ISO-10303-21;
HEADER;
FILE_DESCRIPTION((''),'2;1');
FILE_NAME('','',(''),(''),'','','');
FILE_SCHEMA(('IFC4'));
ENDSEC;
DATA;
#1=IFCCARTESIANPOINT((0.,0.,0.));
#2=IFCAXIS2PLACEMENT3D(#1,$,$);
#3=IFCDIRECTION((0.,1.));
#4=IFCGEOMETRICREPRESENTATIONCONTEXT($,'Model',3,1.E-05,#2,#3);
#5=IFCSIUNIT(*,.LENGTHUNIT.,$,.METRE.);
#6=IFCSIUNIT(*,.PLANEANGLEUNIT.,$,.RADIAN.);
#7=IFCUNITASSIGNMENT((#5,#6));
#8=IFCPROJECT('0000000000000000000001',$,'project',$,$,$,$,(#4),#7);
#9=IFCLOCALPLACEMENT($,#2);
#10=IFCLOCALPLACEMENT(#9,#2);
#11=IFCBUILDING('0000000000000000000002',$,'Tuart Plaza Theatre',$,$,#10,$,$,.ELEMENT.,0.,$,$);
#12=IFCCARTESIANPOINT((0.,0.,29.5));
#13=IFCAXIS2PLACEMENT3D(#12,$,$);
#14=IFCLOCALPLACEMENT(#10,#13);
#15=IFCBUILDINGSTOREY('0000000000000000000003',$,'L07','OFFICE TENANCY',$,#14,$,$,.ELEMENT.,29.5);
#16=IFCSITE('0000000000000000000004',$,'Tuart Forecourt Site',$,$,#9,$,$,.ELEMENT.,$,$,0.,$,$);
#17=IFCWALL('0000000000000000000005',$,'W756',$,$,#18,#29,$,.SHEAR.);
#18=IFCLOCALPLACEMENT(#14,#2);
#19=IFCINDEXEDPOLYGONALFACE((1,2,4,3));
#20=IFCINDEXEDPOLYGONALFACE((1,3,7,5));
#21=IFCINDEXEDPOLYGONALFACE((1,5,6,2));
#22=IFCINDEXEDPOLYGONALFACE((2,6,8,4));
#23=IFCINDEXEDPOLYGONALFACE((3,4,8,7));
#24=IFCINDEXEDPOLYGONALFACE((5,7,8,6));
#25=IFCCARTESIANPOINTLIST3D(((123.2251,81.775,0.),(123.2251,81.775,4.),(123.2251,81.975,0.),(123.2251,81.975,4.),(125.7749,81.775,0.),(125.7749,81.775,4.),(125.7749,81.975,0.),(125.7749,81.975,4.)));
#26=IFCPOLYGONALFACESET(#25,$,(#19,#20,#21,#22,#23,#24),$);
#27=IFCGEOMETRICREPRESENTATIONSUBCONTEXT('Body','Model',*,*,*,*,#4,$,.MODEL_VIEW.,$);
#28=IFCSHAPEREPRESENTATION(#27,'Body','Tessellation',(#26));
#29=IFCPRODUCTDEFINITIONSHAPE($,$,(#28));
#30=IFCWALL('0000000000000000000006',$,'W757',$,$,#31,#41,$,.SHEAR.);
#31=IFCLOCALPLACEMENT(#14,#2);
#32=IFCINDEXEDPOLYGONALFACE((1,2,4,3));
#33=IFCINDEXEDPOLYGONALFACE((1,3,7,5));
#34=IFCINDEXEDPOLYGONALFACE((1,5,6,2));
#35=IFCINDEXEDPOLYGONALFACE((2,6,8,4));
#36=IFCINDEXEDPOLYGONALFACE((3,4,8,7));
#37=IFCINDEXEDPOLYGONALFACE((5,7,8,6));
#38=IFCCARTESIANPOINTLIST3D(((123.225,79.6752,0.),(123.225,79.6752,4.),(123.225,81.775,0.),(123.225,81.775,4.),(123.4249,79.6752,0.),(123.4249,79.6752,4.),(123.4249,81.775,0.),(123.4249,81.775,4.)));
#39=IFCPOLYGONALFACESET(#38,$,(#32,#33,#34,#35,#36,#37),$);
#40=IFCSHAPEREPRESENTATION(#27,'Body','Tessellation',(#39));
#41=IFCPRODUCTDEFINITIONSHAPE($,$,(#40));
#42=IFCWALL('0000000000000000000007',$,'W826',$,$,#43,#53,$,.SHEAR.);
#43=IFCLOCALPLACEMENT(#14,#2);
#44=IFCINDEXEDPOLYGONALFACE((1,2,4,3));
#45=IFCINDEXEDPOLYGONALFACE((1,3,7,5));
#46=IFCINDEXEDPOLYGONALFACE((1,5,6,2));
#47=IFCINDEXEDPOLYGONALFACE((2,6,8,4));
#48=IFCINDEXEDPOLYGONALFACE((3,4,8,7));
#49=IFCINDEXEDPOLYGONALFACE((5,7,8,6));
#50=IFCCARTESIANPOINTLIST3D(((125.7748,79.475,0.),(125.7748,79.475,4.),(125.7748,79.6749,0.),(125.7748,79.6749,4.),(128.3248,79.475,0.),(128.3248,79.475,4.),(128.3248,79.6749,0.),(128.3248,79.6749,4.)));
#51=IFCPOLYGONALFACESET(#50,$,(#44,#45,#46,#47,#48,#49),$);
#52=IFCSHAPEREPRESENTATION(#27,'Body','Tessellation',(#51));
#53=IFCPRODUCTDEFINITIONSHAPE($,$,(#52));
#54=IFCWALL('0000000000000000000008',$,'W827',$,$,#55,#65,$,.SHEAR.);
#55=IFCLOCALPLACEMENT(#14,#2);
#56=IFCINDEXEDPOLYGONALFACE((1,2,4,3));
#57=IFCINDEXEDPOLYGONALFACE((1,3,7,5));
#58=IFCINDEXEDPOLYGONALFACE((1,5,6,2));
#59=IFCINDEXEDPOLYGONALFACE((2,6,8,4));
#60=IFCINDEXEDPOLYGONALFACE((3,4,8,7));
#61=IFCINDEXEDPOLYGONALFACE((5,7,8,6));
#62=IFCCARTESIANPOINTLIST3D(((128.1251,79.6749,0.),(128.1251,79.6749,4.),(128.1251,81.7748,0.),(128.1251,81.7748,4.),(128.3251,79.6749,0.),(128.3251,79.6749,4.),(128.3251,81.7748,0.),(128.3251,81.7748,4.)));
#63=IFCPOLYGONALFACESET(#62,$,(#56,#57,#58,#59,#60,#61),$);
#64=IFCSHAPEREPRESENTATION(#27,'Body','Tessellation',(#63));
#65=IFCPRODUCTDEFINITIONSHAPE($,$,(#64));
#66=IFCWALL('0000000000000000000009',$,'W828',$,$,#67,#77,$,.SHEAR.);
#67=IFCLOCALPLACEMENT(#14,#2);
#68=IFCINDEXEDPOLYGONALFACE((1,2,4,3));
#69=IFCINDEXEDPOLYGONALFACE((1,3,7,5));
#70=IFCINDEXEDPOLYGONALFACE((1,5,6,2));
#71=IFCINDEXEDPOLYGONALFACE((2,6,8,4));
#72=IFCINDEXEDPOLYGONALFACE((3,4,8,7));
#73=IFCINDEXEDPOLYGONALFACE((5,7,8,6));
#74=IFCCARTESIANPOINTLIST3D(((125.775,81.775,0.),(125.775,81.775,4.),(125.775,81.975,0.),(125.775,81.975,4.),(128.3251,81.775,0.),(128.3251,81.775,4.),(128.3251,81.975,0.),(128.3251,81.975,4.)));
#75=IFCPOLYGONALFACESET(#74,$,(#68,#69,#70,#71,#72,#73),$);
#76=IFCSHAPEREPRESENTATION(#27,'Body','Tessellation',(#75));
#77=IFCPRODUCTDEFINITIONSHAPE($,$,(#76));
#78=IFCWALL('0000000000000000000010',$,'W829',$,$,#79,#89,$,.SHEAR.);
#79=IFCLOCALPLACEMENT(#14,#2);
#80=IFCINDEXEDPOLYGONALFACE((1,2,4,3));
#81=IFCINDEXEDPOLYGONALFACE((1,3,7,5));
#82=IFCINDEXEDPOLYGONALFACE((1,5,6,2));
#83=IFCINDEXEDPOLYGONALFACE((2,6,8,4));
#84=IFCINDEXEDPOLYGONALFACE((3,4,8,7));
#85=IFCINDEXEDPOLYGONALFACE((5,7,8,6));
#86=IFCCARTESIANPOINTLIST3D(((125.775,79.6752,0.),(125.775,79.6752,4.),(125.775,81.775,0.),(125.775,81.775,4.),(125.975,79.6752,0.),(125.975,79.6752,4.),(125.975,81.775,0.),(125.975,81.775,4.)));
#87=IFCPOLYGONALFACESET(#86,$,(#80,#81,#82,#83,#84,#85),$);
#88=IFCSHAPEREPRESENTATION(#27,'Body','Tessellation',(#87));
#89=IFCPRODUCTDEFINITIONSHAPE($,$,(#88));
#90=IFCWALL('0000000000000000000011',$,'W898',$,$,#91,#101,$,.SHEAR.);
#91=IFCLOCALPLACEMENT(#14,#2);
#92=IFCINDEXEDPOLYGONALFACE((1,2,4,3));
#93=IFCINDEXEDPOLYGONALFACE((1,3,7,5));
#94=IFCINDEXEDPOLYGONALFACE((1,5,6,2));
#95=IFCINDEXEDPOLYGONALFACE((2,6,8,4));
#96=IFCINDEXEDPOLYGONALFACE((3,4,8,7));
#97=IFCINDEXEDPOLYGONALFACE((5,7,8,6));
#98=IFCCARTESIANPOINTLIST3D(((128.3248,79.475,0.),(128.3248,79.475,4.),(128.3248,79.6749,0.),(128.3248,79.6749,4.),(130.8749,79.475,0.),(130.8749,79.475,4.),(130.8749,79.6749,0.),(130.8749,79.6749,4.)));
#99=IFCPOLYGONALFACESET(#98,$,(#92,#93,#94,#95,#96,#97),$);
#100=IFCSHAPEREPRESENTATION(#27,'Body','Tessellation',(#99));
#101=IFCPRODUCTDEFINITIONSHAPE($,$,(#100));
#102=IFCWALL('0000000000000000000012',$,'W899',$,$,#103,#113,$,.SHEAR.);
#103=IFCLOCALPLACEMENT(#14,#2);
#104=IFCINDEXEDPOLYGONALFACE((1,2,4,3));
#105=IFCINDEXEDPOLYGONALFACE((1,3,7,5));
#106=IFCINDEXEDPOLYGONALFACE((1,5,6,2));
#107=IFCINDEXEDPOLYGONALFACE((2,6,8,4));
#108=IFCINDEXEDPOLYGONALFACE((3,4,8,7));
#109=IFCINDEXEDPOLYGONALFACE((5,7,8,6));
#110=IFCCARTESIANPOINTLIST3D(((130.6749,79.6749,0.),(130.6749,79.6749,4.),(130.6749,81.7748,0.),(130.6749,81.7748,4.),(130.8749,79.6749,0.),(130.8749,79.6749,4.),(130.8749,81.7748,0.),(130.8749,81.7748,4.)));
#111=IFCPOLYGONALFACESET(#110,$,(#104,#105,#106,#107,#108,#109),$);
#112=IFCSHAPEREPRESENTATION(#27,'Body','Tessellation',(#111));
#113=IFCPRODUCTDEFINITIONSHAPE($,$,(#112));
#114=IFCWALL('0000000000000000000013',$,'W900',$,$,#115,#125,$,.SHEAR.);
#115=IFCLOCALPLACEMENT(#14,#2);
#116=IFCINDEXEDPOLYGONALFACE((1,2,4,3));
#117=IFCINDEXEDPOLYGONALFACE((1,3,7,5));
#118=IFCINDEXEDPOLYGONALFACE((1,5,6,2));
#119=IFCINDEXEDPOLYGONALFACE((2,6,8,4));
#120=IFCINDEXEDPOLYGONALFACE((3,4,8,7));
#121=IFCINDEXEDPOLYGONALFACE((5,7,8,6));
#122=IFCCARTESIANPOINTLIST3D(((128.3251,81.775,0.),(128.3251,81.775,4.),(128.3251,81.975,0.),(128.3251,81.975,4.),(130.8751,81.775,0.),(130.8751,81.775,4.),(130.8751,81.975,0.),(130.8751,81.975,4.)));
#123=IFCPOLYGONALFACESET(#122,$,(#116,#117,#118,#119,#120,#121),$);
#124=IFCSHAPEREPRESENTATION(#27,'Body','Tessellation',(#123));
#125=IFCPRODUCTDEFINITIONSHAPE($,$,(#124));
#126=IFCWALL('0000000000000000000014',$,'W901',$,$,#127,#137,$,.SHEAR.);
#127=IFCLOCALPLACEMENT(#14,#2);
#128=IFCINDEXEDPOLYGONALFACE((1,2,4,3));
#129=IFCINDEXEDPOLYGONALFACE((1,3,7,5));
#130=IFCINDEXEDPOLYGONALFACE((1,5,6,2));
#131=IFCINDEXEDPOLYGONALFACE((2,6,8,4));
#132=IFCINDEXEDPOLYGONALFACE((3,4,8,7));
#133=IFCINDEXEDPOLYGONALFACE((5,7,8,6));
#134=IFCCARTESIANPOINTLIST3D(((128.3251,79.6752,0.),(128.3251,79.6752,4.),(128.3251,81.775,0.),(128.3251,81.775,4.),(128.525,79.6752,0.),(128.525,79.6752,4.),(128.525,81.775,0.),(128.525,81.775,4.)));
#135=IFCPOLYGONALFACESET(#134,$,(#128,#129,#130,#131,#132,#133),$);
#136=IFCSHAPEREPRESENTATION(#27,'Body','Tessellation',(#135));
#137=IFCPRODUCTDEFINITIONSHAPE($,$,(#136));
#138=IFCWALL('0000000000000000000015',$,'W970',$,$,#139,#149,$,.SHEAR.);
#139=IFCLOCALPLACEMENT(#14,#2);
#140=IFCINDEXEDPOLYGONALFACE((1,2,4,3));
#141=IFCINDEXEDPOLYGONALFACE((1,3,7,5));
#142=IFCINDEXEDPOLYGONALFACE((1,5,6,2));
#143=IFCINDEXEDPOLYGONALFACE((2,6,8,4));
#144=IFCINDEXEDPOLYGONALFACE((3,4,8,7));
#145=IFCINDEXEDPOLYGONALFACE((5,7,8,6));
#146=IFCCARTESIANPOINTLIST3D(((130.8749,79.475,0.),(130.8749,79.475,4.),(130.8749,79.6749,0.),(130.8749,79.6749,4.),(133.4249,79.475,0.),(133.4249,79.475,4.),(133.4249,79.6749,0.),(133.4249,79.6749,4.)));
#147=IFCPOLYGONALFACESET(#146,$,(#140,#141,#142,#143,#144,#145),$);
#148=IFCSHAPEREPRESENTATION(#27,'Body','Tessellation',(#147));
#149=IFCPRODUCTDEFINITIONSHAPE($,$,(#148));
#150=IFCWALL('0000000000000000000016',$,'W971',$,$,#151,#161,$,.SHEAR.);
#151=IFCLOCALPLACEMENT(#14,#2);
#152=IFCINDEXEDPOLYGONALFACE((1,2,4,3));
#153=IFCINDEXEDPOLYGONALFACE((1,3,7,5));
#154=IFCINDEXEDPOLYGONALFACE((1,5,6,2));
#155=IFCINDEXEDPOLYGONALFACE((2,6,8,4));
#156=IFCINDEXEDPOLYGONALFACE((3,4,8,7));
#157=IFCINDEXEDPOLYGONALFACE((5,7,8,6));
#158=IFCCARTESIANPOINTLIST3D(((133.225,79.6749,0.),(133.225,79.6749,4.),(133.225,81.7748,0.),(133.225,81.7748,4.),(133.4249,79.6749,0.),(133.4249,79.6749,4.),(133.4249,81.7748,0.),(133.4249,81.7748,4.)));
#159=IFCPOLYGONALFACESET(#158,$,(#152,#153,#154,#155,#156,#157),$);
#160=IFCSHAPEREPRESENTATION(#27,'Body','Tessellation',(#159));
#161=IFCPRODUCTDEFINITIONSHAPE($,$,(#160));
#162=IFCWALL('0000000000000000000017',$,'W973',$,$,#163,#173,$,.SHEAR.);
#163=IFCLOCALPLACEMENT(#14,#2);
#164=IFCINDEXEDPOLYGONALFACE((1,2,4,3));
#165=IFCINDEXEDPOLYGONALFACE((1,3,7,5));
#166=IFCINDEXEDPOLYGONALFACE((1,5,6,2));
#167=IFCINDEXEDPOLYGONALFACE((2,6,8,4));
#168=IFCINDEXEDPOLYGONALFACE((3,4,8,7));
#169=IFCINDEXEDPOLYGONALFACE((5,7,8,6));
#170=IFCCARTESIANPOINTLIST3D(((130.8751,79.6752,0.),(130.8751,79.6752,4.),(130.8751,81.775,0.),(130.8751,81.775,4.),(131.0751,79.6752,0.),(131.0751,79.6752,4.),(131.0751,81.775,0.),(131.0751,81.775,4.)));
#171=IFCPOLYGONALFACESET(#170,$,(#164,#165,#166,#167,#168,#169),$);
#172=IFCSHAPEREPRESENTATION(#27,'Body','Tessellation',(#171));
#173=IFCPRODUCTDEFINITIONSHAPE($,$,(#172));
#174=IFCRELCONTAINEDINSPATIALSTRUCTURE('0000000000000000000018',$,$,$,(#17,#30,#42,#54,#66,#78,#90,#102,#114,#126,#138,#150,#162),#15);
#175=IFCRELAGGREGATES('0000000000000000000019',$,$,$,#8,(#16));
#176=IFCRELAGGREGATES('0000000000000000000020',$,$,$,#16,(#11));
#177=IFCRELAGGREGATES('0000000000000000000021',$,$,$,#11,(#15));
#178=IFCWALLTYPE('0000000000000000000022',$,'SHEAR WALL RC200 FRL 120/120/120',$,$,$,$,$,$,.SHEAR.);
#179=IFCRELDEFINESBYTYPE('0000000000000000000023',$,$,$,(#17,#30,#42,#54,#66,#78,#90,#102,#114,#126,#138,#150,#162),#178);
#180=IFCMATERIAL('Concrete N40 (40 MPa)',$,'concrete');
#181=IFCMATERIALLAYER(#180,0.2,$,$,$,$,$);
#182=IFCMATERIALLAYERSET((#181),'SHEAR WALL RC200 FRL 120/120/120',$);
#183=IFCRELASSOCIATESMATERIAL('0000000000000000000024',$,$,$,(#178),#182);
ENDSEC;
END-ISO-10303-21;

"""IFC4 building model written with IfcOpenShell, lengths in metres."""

from ifc_helpers import new_model, si_unit, direction, frame, frame_2d, origin, place, context, subcontext, project, spatial, rectangle, extrude, material, layer, layer_set, type_object, element, save


model = new_model("IFC4")

# Units and contexts
model_context = context("Model", 3, precision=1e-05, world=origin(), true_north=direction((0.0, 1.0)))
body_context = subcontext(model_context, "Body", "Model", "MODEL_VIEW")
ifc_project = project(units=[si_unit("LENGTHUNIT", "METRE"), si_unit("PLANEANGLEUNIT", "RADIAN")], contexts=[model_context])

# Site, building, storey
site_placement = place(None, origin())
site = spatial("IfcSite", under=ifc_project, at=site_placement, Name="Tuart Forecourt Site", CompositionType="ELEMENT", RefElevation=0.0)
building_placement = place(site_placement, origin())
building = spatial("IfcBuilding", under=site, at=building_placement, Name="Tuart Plaza Theatre", CompositionType="ELEMENT", ElevationOfRefHeight=0.0)
storey_placement = place(building_placement, frame((0.0, 0.0, 29.5)))
storey = spatial("IfcBuildingStorey", under=building, at=storey_placement, Name="L07", Description="OFFICE TENANCY", CompositionType="ELEMENT", Elevation=29.5)

# Walls
ifc_material_1 = material(Name="Concrete N40 (40 MPa)", Category="concrete")
ifc_layer_1 = layer(ifc_material_1, 0.2)
ifc_layer_set_1 = layer_set([ifc_layer_1], Name="SHEAR WALL RC200 FRL 120/120/120")
wall_type_1 = type_object("IfcWallType", Name="SHEAR WALL RC200 FRL 120/120/120", PredefinedType="SHEAR", material=ifc_layer_set_1)
wall_1_placement = place(storey_placement, frame((125.7749, 81.875, 0.0), z_axis=(0.0, 0.0, 1.0), x_axis=(-1.0, 0.0, 0.0)))
element("IfcWall", 1, at=wall_1_placement, inside=storey, type_object=wall_type_1, Name="W756", PredefinedType="SHEAR", context=body_context, shape_type="SweptSolid", body=[
    extrude(rectangle(XDim=2.5498, YDim=0.2, at=frame_2d((1.2749, 0.0))), origin(), (0.0, 0.0, 1.0), 4.0),
])
wall_2_placement = place(storey_placement, frame((123.325, 81.7749, 0.0), z_axis=(0.0, 0.0, 1.0), x_axis=(0.0, -1.0, 0.0)))
element("IfcWall", 2, at=wall_2_placement, inside=storey, type_object=wall_type_1, Name="W757", PredefinedType="SHEAR", context=body_context, shape_type="SweptSolid", body=[
    extrude(rectangle(XDim=2.0999, YDim=0.2, at=frame_2d((1.0498, 0.0))), origin(), (0.0, 0.0, 1.0), 4.0),
])
wall_3_placement = place(storey_placement, frame((125.7749, 79.575, 0.0), z_axis=(0.0, 0.0, 1.0), x_axis=(1.0, 0.0, 0.0)))
element("IfcWall", 3, at=wall_3_placement, inside=storey, type_object=wall_type_1, Name="W826", PredefinedType="SHEAR", context=body_context, shape_type="SweptSolid", body=[
    extrude(rectangle(XDim=2.55, YDim=0.2, at=frame_2d((1.2749, 0.0))), origin(), (0.0, 0.0, 1.0), 4.0),
])
wall_4_placement = place(storey_placement, frame((128.2251, 79.675, 0.0), z_axis=(0.0, 0.0, 1.0), x_axis=(0.0, 1.0, 0.0)))
element("IfcWall", 4, at=wall_4_placement, inside=storey, type_object=wall_type_1, Name="W827", PredefinedType="SHEAR", context=body_context, shape_type="SweptSolid", body=[
    extrude(rectangle(XDim=2.0999, YDim=0.2, at=frame_2d((1.0498, 0.0))), origin(), (0.0, 0.0, 1.0), 4.0),
])
wall_5_placement = place(storey_placement, frame((128.325, 81.875, 0.0), z_axis=(0.0, 0.0, 1.0), x_axis=(-1.0, 0.0, 0.0)))
element("IfcWall", 5, at=wall_5_placement, inside=storey, type_object=wall_type_1, Name="W828", PredefinedType="SHEAR", context=body_context, shape_type="SweptSolid", body=[
    extrude(rectangle(XDim=2.55, YDim=0.2, at=frame_2d((1.2749, 0.0))), origin(), (0.0, 0.0, 1.0), 4.0),
])
wall_6_placement = place(storey_placement, frame((125.875, 81.7749, 0.0), z_axis=(0.0, 0.0, 1.0), x_axis=(0.0, -1.0, 0.0)))
element("IfcWall", 6, at=wall_6_placement, inside=storey, type_object=wall_type_1, Name="W829", PredefinedType="SHEAR", context=body_context, shape_type="SweptSolid", body=[
    extrude(rectangle(XDim=2.0999, YDim=0.2, at=frame_2d((1.0498, 0.0))), origin(), (0.0, 0.0, 1.0), 4.0),
])
wall_7_placement = place(storey_placement, frame((128.325, 79.575, 0.0), z_axis=(0.0, 0.0, 1.0), x_axis=(1.0, 0.0, 0.0)))
element("IfcWall", 7, at=wall_7_placement, inside=storey, type_object=wall_type_1, Name="W898", PredefinedType="SHEAR", context=body_context, shape_type="SweptSolid", body=[
    extrude(rectangle(XDim=2.55, YDim=0.2, at=frame_2d((1.2749, 0.0))), origin(), (0.0, 0.0, 1.0), 4.0),
])
wall_8_placement = place(storey_placement, frame((130.7749, 79.675, 0.0), z_axis=(0.0, 0.0, 1.0), x_axis=(0.0, 1.0, 0.0)))
element("IfcWall", 8, at=wall_8_placement, inside=storey, type_object=wall_type_1, Name="W899", PredefinedType="SHEAR", context=body_context, shape_type="SweptSolid", body=[
    extrude(rectangle(XDim=2.0999, YDim=0.2, at=frame_2d((1.0498, 0.0))), origin(), (0.0, 0.0, 1.0), 4.0),
])
wall_9_placement = place(storey_placement, frame((130.875, 81.875, 0.0), z_axis=(0.0, 0.0, 1.0), x_axis=(-1.0, 0.0, 0.0)))
element("IfcWall", 9, at=wall_9_placement, inside=storey, type_object=wall_type_1, Name="W900", PredefinedType="SHEAR", context=body_context, shape_type="SweptSolid", body=[
    extrude(rectangle(XDim=2.55, YDim=0.2, at=frame_2d((1.2749, 0.0))), origin(), (0.0, 0.0, 1.0), 4.0),
])
wall_10_placement = place(storey_placement, frame((128.425, 81.7749, 0.0), z_axis=(0.0, 0.0, 1.0), x_axis=(0.0, -1.0, 0.0)))
element("IfcWall", 10, at=wall_10_placement, inside=storey, type_object=wall_type_1, Name="W901", PredefinedType="SHEAR", context=body_context, shape_type="SweptSolid", body=[
    extrude(rectangle(XDim=2.0999, YDim=0.2, at=frame_2d((1.0498, 0.0))), origin(), (0.0, 0.0, 1.0), 4.0),
])
wall_11_placement = place(storey_placement, frame((130.875, 79.575, 0.0), z_axis=(0.0, 0.0, 1.0), x_axis=(1.0, 0.0, 0.0)))
element("IfcWall", 11, at=wall_11_placement, inside=storey, type_object=wall_type_1, Name="W970", PredefinedType="SHEAR", context=body_context, shape_type="SweptSolid", body=[
    extrude(rectangle(XDim=2.55, YDim=0.2, at=frame_2d((1.2749, 0.0))), origin(), (0.0, 0.0, 1.0), 4.0),
])
for number, where, z_axis, x_axis, name in (
    (12, (133.325, 79.675, 0.0), (0.0, 0.0, 1.0), (0.0, 1.0, 0.0), "W971"),
    (13, (130.9751, 81.7749, 0.0), (0.0, 0.0, 1.0), (0.0, -1.0, 0.0), "W973"),
):
    element("IfcWall", number, at=place(storey_placement, frame(where, z_axis=z_axis, x_axis=x_axis)), inside=storey, type_object=wall_type_1, Name=name, PredefinedType="SHEAR", context=body_context, shape_type="SweptSolid", body=[
        extrude(rectangle(XDim=2.0999, YDim=0.2, at=frame_2d((1.0498, 0.0))), origin(), (0.0, 0.0, 1.0), 4.0),
    ])

save(model, "model.ifc")
